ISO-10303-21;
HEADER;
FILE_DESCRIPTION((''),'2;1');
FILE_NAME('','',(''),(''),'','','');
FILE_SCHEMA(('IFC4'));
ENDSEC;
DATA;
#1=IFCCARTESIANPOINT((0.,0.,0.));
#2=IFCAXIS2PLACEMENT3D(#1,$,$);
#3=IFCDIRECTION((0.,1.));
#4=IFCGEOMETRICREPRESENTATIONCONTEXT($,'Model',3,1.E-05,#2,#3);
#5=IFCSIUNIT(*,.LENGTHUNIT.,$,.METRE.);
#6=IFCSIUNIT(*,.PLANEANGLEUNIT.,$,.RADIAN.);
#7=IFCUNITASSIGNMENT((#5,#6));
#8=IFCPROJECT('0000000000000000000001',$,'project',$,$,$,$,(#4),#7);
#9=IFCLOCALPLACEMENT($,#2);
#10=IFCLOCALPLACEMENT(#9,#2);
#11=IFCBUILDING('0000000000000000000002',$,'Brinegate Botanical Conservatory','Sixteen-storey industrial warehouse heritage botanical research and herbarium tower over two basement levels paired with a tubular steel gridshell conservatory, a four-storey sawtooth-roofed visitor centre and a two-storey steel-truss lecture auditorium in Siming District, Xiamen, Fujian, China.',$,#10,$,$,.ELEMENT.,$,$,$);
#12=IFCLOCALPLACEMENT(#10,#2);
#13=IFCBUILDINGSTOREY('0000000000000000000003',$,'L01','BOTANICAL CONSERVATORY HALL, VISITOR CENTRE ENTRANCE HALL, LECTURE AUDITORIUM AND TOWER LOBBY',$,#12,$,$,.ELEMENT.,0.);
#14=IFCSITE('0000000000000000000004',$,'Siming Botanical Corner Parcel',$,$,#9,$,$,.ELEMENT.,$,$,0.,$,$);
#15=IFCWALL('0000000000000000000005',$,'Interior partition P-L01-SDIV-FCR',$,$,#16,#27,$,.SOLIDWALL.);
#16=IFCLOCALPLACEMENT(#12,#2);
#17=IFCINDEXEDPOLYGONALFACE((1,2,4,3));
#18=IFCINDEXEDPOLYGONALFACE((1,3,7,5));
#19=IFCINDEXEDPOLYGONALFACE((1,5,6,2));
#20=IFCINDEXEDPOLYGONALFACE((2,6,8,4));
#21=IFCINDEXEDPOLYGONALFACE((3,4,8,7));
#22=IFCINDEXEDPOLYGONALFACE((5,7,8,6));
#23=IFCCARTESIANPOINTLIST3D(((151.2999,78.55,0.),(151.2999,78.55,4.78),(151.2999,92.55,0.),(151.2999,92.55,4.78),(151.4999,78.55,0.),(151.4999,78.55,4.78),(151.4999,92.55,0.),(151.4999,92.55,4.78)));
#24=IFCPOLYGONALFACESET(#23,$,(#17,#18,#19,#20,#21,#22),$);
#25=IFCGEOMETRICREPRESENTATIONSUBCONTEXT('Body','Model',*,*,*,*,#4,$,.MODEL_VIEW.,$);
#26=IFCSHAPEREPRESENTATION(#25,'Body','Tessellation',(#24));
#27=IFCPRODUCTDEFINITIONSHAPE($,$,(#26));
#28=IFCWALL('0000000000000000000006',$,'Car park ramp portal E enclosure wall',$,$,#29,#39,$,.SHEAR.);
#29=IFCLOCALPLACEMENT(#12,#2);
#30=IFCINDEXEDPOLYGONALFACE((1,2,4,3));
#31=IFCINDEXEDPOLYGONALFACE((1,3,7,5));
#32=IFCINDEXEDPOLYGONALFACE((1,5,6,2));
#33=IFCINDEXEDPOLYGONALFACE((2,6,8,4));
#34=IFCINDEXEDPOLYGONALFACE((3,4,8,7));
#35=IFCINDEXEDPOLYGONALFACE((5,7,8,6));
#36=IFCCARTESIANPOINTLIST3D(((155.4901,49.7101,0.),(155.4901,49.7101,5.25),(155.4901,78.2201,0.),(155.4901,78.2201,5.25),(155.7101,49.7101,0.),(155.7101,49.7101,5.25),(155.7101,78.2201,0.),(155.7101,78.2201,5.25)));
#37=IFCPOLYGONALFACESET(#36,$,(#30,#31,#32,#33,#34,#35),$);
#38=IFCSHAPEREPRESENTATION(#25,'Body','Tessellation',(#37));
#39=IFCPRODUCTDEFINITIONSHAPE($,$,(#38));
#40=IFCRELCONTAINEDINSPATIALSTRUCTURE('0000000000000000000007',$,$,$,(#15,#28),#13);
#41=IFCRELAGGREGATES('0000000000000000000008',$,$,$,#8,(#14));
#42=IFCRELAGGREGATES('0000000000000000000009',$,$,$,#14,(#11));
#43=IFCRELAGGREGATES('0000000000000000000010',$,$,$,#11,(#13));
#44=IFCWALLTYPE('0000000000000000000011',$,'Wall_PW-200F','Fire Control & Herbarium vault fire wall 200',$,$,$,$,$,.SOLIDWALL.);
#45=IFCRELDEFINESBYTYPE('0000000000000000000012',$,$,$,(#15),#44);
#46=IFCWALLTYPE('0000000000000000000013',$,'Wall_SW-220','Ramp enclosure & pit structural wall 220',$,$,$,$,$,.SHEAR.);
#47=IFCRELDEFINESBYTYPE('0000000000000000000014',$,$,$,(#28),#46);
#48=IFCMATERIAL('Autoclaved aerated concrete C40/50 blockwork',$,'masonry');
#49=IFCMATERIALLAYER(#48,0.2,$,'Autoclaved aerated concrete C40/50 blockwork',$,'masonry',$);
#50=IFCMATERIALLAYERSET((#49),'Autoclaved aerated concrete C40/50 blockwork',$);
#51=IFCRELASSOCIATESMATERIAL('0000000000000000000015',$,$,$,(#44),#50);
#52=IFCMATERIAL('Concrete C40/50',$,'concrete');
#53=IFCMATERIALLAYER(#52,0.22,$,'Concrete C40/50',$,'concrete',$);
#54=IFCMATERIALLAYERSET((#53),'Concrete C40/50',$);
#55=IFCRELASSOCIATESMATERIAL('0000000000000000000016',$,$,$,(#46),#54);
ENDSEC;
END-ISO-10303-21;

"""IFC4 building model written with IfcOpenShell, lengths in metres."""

from ifc_helpers import new_model, si_unit, direction, frame, frame_2d, origin, place, context, subcontext, project, spatial, rectangle, extrude, material, layer, layer_set, type_object, element, save


model = new_model("IFC4")

# Units and contexts
model_context = context("Model", 3, precision=1e-05, world=origin(), true_north=direction((0.0, 1.0)))
body_context = subcontext(model_context, "Body", "Model", "MODEL_VIEW")
ifc_project = project(units=[si_unit("LENGTHUNIT", "METRE"), si_unit("PLANEANGLEUNIT", "RADIAN")], contexts=[model_context])

# Site, building, storey
site_placement = place(None, origin())
site = spatial("IfcSite", under=ifc_project, at=site_placement, Name="Siming Botanical Corner Parcel", CompositionType="ELEMENT", RefElevation=0.0)
building_placement = place(site_placement, origin())
building = spatial("IfcBuilding", under=site, at=building_placement, Name="Brinegate Botanical Conservatory", Description="Sixteen-storey industrial warehouse heritage botanical research and herbarium tower over two basement levels paired with a tubular steel gridshell conservatory, a four-storey sawtooth-roofed visitor centre and a two-storey steel-truss lecture auditorium in Siming District, Xiamen, Fujian, China.", CompositionType="ELEMENT")
storey_placement = place(building_placement, origin())
storey = spatial("IfcBuildingStorey", under=building, at=storey_placement, Name="L01", Description="BOTANICAL CONSERVATORY HALL, VISITOR CENTRE ENTRANCE HALL, LECTURE AUDITORIUM AND TOWER LOBBY", CompositionType="ELEMENT", Elevation=0.0)

# Shared definitions
ifc_material_1 = material(Name="Concrete C40/50", Category="concrete")

# Walls
ifc_material_2 = material(Name="Autoclaved aerated concrete C40/50 blockwork", Category="masonry")
ifc_layer_1 = layer(ifc_material_2, 0.2, Name="Autoclaved aerated concrete C40/50 blockwork", Category="masonry")
ifc_layer_set_1 = layer_set([ifc_layer_1], Name="Autoclaved aerated concrete C40/50 blockwork")
wall_type_1 = type_object("IfcWallType", Name="Wall_PW-200F", Description="Fire Control & Herbarium vault fire wall 200", PredefinedType="SOLIDWALL", material=ifc_layer_set_1)
wall_1_placement = place(storey_placement, frame((151.3999, 78.55, 0.0), z_axis=(0.0, 0.0, 1.0), x_axis=(0.0, 1.0, 0.0)))
element("IfcWall", 1, at=wall_1_placement, inside=storey, type_object=wall_type_1, Name="Interior partition P-L01-SDIV-FCR", PredefinedType="SOLIDWALL", context=body_context, shape_type="SweptSolid", body=[
    extrude(rectangle(XDim=14.0, YDim=0.2, at=frame_2d((7.0, 0.0))), origin(), (0.0, 0.0, 1.0), 4.78),
])
ifc_layer_2 = layer(ifc_material_1, 0.22, Name="Concrete C40/50", Category="concrete")
ifc_layer_set_2 = layer_set([ifc_layer_2], Name="Concrete C40/50")
wall_type_2 = type_object("IfcWallType", Name="Wall_SW-220", Description="Ramp enclosure & pit structural wall 220", PredefinedType="SHEAR", material=ifc_layer_set_2)
wall_2_placement = place(storey_placement, frame((155.6001, 78.22, 0.0), z_axis=(0.0, 0.0, 1.0), x_axis=(0.0, -1.0, 0.0)))
element("IfcWall", 2, at=wall_2_placement, inside=storey, type_object=wall_type_2, Name="Car park ramp portal E enclosure wall", PredefinedType="SHEAR", context=body_context, shape_type="SweptSolid", body=[
    extrude(rectangle(XDim=28.51, YDim=0.22, at=frame_2d((14.2549, 0.0))), origin(), (0.0, 0.0, 1.0), 5.25),
])

save(model, "model.ifc")
